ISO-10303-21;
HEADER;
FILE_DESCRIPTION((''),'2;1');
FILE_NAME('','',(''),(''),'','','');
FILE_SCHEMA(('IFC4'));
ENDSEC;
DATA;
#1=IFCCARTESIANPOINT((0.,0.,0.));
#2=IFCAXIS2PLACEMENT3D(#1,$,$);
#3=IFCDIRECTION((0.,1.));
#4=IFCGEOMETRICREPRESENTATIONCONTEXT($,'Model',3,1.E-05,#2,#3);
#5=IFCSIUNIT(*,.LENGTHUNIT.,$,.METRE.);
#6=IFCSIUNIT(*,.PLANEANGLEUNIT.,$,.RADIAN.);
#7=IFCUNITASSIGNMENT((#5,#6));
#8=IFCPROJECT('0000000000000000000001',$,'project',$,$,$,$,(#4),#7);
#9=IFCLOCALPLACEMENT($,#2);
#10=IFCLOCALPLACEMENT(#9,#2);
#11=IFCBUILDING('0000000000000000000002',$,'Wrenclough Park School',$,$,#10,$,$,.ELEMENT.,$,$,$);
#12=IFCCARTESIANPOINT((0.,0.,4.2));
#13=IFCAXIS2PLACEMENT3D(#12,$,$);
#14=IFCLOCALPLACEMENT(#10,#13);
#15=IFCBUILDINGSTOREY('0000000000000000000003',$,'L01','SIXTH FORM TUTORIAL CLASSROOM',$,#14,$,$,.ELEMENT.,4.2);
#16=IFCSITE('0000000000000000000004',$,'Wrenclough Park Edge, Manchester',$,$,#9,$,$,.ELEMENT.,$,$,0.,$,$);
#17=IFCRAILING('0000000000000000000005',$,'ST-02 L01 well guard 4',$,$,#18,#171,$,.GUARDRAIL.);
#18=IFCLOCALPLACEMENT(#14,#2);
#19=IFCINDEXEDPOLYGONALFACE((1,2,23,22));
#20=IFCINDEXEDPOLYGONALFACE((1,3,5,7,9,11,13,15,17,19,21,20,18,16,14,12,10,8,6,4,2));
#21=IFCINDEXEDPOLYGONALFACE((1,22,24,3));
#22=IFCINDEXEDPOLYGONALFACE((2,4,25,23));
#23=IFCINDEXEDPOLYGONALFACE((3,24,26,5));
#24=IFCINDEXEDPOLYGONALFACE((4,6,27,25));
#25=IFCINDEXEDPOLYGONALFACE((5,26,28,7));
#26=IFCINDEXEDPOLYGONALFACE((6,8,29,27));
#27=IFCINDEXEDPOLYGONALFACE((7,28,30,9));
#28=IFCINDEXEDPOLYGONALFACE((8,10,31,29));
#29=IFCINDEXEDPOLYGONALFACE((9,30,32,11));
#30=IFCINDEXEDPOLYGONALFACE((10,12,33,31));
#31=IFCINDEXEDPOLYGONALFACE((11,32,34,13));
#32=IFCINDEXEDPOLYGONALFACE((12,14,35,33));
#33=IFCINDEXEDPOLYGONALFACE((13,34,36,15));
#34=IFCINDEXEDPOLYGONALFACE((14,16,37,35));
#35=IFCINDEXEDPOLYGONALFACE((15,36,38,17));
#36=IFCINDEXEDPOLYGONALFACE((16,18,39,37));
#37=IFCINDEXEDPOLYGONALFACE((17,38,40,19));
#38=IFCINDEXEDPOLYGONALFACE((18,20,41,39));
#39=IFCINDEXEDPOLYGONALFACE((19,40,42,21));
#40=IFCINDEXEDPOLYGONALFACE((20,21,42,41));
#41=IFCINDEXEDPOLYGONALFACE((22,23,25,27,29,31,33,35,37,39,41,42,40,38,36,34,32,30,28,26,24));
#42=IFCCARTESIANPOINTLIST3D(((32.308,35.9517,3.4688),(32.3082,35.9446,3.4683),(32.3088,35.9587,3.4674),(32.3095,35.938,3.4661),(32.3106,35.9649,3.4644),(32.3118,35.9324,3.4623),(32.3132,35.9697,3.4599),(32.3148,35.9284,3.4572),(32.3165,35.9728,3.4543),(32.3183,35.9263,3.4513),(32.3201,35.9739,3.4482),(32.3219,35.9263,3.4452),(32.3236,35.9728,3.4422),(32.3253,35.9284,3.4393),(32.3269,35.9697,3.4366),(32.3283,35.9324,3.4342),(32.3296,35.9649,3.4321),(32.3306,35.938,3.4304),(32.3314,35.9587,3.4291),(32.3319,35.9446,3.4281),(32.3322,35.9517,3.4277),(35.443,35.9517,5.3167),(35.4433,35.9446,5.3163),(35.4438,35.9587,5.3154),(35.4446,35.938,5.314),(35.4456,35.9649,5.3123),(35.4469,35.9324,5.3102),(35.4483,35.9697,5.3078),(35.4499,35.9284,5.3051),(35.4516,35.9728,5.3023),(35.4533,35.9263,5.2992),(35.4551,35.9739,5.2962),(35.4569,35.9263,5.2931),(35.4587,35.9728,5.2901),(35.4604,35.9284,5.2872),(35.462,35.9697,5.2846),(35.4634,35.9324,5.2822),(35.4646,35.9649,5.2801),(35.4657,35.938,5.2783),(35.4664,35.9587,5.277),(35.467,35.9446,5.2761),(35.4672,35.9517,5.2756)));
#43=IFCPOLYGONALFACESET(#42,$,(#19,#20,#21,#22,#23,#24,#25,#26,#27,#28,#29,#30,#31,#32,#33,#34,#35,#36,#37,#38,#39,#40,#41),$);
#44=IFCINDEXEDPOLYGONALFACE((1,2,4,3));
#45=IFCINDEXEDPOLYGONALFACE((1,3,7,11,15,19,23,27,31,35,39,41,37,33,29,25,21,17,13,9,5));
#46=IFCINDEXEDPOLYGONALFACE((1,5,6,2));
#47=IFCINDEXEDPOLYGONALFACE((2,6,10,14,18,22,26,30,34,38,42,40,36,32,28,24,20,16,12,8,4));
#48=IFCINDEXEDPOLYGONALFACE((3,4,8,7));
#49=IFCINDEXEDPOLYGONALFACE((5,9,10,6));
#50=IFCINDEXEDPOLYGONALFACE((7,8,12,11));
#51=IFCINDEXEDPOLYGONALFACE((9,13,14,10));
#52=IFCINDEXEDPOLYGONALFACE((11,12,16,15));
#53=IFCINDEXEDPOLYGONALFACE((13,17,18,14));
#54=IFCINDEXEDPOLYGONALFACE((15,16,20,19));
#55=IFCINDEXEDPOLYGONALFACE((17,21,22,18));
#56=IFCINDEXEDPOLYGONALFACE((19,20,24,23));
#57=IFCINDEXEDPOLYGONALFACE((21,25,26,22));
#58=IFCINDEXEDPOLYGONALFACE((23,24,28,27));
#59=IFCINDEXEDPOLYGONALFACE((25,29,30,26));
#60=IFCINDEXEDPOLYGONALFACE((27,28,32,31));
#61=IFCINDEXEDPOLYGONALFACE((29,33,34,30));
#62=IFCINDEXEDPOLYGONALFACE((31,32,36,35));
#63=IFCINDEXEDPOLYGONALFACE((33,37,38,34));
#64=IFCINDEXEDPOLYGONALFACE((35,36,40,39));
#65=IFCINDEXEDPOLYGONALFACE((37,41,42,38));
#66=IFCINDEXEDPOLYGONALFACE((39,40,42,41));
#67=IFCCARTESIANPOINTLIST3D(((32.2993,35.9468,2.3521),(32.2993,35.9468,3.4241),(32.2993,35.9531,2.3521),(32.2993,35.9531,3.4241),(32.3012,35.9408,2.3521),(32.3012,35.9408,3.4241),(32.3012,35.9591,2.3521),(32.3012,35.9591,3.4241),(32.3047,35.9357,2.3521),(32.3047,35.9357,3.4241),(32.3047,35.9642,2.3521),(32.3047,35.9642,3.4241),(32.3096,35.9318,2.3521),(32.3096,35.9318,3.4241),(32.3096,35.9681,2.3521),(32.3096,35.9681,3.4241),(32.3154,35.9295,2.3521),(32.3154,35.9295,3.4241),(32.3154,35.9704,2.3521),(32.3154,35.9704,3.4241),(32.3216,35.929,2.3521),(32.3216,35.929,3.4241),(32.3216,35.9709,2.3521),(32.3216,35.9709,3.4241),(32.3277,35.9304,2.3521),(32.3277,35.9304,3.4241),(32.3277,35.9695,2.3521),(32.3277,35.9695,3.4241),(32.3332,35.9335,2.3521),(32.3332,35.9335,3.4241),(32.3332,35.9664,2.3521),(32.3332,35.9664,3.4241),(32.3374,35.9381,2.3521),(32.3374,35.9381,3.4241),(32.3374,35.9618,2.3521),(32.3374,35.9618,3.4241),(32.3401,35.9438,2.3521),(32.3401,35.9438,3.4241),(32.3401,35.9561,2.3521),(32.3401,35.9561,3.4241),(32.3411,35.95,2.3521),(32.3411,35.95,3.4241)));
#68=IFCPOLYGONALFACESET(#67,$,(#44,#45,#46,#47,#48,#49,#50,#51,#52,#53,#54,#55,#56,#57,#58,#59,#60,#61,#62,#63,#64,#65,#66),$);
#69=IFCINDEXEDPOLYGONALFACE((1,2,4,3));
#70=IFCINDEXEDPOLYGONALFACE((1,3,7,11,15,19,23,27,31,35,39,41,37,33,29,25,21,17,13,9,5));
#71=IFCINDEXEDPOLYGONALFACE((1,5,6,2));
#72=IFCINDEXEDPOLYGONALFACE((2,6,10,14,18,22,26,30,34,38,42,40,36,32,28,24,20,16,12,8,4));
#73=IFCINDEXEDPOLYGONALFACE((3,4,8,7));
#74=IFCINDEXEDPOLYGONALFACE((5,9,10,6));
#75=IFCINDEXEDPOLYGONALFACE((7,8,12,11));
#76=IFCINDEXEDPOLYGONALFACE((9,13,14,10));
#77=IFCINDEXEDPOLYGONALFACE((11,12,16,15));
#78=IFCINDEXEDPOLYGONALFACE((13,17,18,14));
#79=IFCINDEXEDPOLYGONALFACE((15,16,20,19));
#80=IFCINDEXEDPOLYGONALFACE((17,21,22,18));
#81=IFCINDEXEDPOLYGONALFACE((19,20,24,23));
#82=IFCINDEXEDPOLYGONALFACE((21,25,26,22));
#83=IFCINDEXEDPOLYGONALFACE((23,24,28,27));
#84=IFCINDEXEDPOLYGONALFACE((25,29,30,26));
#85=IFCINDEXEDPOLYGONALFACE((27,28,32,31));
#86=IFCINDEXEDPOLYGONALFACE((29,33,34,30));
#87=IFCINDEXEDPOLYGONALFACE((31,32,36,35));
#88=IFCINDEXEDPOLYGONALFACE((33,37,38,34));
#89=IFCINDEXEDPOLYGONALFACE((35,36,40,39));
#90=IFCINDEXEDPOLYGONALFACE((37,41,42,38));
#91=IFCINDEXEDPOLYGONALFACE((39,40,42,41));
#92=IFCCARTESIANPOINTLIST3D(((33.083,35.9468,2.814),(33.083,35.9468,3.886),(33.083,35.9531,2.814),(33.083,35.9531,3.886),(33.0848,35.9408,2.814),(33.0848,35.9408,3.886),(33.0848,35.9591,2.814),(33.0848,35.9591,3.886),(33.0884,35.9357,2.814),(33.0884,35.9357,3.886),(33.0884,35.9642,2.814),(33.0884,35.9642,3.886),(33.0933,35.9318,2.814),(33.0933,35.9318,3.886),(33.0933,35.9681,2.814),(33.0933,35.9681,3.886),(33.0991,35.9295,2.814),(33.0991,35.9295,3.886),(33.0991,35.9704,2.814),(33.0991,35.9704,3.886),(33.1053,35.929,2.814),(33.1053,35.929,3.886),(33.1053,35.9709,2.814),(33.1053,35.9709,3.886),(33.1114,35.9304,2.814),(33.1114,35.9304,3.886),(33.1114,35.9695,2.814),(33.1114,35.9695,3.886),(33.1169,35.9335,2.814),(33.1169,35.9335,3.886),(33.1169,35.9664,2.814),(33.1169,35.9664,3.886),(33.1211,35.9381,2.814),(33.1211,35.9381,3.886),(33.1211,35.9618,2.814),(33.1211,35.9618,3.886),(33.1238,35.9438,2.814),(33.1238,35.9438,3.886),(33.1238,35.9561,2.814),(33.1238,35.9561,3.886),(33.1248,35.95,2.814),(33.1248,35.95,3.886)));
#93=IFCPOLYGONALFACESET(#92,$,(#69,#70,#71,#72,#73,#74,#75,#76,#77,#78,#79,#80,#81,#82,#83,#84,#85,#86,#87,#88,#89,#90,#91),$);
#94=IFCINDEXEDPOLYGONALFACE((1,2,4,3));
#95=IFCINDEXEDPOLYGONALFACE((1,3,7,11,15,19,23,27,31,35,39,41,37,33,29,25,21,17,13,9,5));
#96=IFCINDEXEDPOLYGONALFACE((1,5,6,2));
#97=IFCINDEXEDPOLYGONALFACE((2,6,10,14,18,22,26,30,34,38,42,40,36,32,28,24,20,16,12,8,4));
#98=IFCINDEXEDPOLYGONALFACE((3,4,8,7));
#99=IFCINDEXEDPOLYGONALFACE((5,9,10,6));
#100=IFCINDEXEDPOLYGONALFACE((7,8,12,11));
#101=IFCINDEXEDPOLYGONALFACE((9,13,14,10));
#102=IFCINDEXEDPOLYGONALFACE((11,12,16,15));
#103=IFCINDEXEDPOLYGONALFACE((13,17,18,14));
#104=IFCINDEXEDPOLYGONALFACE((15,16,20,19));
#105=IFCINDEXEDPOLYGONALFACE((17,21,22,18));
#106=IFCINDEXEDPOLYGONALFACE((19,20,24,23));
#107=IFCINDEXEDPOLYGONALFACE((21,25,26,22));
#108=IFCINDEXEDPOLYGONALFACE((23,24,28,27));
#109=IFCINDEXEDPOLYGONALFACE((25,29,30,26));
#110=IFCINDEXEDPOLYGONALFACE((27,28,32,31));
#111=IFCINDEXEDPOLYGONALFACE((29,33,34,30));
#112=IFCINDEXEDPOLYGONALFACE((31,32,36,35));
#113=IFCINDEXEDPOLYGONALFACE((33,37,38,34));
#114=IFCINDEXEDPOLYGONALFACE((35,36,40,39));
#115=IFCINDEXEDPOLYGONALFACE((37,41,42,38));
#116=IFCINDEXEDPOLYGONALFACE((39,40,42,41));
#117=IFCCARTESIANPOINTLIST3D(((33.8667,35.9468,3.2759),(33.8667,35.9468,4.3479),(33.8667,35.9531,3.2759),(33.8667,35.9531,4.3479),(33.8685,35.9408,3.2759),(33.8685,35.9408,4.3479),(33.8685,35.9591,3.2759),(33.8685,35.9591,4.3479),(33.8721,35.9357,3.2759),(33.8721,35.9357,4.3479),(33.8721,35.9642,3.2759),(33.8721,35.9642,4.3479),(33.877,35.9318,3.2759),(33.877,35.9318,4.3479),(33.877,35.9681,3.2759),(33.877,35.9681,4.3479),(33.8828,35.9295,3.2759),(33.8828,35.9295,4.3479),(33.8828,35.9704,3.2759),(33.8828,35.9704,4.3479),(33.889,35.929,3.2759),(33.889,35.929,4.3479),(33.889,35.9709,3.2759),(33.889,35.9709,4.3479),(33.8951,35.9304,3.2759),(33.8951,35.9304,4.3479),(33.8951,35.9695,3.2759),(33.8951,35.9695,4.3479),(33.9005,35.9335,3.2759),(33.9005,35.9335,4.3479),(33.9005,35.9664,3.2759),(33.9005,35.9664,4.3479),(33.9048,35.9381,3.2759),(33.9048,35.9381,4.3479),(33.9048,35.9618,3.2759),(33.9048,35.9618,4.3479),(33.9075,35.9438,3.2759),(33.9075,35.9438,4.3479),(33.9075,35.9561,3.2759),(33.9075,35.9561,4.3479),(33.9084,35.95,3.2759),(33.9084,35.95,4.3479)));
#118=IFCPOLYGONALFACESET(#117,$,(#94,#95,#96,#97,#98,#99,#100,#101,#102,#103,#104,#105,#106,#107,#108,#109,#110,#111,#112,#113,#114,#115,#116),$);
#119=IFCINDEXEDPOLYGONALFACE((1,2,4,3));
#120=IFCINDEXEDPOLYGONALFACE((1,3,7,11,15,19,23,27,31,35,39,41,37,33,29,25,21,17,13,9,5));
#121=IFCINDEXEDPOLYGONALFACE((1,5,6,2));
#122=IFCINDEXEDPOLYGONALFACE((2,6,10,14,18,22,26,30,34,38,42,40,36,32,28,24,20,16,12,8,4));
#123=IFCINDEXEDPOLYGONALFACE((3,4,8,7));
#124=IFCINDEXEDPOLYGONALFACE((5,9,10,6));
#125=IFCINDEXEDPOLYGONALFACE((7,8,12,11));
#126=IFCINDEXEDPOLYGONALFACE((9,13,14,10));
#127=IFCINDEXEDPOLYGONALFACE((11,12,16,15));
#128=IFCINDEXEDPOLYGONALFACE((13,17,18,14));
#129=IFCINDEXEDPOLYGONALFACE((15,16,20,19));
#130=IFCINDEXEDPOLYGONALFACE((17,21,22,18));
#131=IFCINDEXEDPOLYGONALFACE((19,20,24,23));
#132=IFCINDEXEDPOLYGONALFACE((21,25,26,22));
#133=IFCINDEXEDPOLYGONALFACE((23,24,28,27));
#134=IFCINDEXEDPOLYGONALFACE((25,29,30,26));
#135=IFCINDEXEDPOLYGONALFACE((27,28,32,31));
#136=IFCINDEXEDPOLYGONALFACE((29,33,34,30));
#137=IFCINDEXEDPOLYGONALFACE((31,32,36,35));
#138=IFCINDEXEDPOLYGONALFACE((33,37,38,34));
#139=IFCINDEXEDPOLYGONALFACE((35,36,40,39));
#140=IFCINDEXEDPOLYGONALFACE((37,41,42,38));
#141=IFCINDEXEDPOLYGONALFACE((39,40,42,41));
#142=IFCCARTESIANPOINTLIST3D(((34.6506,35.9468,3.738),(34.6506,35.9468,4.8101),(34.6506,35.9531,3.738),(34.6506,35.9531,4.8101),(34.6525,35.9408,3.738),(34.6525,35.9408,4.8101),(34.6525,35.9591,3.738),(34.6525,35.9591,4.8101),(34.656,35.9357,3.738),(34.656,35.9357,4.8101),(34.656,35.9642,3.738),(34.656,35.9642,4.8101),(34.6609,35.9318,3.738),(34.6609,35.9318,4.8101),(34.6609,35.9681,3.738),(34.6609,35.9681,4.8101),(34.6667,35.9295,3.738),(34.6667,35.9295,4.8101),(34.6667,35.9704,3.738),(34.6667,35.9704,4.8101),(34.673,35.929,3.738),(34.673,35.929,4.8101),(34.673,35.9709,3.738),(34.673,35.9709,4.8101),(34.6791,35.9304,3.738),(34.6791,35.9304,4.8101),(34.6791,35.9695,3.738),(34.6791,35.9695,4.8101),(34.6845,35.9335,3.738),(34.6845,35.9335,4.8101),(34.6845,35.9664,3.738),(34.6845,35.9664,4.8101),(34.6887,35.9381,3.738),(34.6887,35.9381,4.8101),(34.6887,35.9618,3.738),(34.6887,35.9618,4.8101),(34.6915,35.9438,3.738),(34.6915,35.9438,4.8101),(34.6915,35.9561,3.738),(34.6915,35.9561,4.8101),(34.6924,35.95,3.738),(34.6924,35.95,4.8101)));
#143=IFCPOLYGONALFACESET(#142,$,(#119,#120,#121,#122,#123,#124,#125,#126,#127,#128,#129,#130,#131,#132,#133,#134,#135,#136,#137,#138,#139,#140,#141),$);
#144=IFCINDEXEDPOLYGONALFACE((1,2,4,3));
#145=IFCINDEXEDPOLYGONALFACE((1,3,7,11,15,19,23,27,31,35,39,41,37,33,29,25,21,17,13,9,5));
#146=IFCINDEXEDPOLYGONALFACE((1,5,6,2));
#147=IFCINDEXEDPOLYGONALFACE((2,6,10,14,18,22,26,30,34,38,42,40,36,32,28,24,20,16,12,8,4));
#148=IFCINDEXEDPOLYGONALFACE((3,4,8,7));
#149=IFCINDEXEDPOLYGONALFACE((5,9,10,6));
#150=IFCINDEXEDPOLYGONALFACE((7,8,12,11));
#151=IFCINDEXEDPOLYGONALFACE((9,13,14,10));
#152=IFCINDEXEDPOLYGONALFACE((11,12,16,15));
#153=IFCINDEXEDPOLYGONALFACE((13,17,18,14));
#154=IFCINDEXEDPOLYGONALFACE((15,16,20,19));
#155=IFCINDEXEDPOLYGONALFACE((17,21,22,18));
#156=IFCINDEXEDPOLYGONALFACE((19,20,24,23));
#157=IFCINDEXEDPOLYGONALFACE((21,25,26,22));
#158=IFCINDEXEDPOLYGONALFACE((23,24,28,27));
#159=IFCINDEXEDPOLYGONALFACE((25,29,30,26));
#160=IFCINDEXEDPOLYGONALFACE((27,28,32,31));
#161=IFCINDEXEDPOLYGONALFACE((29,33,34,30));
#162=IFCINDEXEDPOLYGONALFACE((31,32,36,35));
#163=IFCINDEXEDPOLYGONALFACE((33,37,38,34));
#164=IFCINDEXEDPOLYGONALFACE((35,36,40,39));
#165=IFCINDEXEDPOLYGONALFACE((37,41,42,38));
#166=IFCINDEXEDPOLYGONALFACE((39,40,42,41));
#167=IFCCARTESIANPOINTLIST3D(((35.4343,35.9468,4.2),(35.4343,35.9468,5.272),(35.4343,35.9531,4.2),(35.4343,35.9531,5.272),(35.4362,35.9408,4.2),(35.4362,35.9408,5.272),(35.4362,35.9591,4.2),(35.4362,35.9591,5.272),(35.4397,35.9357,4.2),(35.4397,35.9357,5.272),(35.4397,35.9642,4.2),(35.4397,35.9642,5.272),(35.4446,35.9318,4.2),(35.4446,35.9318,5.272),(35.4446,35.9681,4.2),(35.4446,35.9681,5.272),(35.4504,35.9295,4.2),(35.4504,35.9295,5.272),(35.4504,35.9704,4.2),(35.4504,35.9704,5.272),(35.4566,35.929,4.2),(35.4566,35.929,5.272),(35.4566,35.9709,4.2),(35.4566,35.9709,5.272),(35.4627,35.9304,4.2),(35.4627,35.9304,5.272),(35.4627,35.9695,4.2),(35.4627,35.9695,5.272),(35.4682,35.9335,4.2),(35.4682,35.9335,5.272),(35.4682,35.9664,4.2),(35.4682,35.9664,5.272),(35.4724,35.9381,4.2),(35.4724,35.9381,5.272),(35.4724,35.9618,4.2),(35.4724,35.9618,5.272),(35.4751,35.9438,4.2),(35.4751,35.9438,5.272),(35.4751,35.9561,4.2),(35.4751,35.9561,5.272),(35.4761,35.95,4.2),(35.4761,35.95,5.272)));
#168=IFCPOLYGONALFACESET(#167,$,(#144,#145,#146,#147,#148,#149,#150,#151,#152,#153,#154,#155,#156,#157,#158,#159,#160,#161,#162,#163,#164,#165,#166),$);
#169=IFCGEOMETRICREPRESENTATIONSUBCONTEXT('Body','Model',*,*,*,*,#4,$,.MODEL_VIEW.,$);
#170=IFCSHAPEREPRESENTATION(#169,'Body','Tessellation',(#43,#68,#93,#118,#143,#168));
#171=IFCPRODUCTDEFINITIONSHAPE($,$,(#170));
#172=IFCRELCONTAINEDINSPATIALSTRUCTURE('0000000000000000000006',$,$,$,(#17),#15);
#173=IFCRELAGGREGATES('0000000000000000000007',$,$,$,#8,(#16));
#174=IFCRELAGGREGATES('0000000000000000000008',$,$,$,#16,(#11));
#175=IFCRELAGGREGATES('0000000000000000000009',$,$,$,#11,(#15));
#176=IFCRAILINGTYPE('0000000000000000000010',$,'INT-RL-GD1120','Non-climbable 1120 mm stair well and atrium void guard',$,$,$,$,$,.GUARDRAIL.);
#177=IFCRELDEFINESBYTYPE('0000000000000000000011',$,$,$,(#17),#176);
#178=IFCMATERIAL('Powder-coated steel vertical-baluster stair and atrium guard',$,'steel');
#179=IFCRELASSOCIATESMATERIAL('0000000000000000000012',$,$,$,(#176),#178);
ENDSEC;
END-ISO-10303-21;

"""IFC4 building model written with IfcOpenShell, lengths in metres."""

from ifc_helpers import new_model, si_unit, direction, frame, origin, origin_2d, place, context, subcontext, project, spatial, circle, extrude, material, type_object, element, save


model = new_model("IFC4")

# Units and contexts
model_context = context("Model", 3, precision=1e-05, world=origin(), true_north=direction((0.0, 1.0)))
body_context = subcontext(model_context, "Body", "Model", "MODEL_VIEW")
ifc_project = project(units=[si_unit("LENGTHUNIT", "METRE"), si_unit("PLANEANGLEUNIT", "RADIAN")], contexts=[model_context])

# Site, building, storey
site_placement = place(None, origin())
site = spatial("IfcSite", under=ifc_project, at=site_placement, Name="Wrenclough Park Edge, Manchester", CompositionType="ELEMENT", RefElevation=0.0)
building_placement = place(site_placement, origin())
building = spatial("IfcBuilding", under=site, at=building_placement, Name="Wrenclough Park School", CompositionType="ELEMENT")
storey_placement = place(building_placement, frame((0.0, 0.0, 4.2)))
storey = spatial("IfcBuildingStorey", under=building, at=storey_placement, Name="L01", Description="SIXTH FORM TUTORIAL CLASSROOM", CompositionType="ELEMENT", Elevation=4.2)

# Railing
ifc_material_1 = material(Name="Powder-coated steel vertical-baluster stair and atrium guard", Category="steel")
railing_type_1 = type_object("IfcRailingType", Name="INT-RL-GD1120", Description="Non-climbable 1120 mm stair well and atrium void guard", PredefinedType="GUARDRAIL", material=ifc_material_1)
railing_1_placement = place(storey_placement, frame((32.3201, 35.95, 2.3521)))
element("IfcRailing", 1, at=railing_1_placement, inside=storey, type_object=railing_type_1, Name="ST-02 L01 well guard 4", PredefinedType="GUARDRAIL", context=body_context, shape_type="SweptSolid", body=[
    extrude(circle(Radius=0.0239, at=origin_2d()), frame((0.0, 0.0, 1.0962), z_axis=(0.86148, 0.0, 0.507791), x_axis=(0.0, 1.0, 0.0)), (0.0, 0.0, 1.0), 3.6392),
    extrude(circle(Radius=0.021, at=origin_2d()), origin(), (0.0, 0.0, 1.0), 1.072),
    extrude(circle(Radius=0.021, at=origin_2d()), frame((0.7837, 0.0, 0.4619)), (0.0, 0.0, 1.0), 1.072),
    extrude(circle(Radius=0.021, at=origin_2d()), frame((1.5674, 0.0, 0.9238)), (0.0, 0.0, 1.0), 1.072),
    extrude(circle(Radius=0.021, at=origin_2d()), frame((2.3513, 0.0, 1.386)), (0.0, 0.0, 1.0), 1.072),
    extrude(circle(Radius=0.021, at=origin_2d()), frame((3.135, 0.0, 1.8479)), (0.0, 0.0, 1.0), 1.072),
])

save(model, "model.ifc")
